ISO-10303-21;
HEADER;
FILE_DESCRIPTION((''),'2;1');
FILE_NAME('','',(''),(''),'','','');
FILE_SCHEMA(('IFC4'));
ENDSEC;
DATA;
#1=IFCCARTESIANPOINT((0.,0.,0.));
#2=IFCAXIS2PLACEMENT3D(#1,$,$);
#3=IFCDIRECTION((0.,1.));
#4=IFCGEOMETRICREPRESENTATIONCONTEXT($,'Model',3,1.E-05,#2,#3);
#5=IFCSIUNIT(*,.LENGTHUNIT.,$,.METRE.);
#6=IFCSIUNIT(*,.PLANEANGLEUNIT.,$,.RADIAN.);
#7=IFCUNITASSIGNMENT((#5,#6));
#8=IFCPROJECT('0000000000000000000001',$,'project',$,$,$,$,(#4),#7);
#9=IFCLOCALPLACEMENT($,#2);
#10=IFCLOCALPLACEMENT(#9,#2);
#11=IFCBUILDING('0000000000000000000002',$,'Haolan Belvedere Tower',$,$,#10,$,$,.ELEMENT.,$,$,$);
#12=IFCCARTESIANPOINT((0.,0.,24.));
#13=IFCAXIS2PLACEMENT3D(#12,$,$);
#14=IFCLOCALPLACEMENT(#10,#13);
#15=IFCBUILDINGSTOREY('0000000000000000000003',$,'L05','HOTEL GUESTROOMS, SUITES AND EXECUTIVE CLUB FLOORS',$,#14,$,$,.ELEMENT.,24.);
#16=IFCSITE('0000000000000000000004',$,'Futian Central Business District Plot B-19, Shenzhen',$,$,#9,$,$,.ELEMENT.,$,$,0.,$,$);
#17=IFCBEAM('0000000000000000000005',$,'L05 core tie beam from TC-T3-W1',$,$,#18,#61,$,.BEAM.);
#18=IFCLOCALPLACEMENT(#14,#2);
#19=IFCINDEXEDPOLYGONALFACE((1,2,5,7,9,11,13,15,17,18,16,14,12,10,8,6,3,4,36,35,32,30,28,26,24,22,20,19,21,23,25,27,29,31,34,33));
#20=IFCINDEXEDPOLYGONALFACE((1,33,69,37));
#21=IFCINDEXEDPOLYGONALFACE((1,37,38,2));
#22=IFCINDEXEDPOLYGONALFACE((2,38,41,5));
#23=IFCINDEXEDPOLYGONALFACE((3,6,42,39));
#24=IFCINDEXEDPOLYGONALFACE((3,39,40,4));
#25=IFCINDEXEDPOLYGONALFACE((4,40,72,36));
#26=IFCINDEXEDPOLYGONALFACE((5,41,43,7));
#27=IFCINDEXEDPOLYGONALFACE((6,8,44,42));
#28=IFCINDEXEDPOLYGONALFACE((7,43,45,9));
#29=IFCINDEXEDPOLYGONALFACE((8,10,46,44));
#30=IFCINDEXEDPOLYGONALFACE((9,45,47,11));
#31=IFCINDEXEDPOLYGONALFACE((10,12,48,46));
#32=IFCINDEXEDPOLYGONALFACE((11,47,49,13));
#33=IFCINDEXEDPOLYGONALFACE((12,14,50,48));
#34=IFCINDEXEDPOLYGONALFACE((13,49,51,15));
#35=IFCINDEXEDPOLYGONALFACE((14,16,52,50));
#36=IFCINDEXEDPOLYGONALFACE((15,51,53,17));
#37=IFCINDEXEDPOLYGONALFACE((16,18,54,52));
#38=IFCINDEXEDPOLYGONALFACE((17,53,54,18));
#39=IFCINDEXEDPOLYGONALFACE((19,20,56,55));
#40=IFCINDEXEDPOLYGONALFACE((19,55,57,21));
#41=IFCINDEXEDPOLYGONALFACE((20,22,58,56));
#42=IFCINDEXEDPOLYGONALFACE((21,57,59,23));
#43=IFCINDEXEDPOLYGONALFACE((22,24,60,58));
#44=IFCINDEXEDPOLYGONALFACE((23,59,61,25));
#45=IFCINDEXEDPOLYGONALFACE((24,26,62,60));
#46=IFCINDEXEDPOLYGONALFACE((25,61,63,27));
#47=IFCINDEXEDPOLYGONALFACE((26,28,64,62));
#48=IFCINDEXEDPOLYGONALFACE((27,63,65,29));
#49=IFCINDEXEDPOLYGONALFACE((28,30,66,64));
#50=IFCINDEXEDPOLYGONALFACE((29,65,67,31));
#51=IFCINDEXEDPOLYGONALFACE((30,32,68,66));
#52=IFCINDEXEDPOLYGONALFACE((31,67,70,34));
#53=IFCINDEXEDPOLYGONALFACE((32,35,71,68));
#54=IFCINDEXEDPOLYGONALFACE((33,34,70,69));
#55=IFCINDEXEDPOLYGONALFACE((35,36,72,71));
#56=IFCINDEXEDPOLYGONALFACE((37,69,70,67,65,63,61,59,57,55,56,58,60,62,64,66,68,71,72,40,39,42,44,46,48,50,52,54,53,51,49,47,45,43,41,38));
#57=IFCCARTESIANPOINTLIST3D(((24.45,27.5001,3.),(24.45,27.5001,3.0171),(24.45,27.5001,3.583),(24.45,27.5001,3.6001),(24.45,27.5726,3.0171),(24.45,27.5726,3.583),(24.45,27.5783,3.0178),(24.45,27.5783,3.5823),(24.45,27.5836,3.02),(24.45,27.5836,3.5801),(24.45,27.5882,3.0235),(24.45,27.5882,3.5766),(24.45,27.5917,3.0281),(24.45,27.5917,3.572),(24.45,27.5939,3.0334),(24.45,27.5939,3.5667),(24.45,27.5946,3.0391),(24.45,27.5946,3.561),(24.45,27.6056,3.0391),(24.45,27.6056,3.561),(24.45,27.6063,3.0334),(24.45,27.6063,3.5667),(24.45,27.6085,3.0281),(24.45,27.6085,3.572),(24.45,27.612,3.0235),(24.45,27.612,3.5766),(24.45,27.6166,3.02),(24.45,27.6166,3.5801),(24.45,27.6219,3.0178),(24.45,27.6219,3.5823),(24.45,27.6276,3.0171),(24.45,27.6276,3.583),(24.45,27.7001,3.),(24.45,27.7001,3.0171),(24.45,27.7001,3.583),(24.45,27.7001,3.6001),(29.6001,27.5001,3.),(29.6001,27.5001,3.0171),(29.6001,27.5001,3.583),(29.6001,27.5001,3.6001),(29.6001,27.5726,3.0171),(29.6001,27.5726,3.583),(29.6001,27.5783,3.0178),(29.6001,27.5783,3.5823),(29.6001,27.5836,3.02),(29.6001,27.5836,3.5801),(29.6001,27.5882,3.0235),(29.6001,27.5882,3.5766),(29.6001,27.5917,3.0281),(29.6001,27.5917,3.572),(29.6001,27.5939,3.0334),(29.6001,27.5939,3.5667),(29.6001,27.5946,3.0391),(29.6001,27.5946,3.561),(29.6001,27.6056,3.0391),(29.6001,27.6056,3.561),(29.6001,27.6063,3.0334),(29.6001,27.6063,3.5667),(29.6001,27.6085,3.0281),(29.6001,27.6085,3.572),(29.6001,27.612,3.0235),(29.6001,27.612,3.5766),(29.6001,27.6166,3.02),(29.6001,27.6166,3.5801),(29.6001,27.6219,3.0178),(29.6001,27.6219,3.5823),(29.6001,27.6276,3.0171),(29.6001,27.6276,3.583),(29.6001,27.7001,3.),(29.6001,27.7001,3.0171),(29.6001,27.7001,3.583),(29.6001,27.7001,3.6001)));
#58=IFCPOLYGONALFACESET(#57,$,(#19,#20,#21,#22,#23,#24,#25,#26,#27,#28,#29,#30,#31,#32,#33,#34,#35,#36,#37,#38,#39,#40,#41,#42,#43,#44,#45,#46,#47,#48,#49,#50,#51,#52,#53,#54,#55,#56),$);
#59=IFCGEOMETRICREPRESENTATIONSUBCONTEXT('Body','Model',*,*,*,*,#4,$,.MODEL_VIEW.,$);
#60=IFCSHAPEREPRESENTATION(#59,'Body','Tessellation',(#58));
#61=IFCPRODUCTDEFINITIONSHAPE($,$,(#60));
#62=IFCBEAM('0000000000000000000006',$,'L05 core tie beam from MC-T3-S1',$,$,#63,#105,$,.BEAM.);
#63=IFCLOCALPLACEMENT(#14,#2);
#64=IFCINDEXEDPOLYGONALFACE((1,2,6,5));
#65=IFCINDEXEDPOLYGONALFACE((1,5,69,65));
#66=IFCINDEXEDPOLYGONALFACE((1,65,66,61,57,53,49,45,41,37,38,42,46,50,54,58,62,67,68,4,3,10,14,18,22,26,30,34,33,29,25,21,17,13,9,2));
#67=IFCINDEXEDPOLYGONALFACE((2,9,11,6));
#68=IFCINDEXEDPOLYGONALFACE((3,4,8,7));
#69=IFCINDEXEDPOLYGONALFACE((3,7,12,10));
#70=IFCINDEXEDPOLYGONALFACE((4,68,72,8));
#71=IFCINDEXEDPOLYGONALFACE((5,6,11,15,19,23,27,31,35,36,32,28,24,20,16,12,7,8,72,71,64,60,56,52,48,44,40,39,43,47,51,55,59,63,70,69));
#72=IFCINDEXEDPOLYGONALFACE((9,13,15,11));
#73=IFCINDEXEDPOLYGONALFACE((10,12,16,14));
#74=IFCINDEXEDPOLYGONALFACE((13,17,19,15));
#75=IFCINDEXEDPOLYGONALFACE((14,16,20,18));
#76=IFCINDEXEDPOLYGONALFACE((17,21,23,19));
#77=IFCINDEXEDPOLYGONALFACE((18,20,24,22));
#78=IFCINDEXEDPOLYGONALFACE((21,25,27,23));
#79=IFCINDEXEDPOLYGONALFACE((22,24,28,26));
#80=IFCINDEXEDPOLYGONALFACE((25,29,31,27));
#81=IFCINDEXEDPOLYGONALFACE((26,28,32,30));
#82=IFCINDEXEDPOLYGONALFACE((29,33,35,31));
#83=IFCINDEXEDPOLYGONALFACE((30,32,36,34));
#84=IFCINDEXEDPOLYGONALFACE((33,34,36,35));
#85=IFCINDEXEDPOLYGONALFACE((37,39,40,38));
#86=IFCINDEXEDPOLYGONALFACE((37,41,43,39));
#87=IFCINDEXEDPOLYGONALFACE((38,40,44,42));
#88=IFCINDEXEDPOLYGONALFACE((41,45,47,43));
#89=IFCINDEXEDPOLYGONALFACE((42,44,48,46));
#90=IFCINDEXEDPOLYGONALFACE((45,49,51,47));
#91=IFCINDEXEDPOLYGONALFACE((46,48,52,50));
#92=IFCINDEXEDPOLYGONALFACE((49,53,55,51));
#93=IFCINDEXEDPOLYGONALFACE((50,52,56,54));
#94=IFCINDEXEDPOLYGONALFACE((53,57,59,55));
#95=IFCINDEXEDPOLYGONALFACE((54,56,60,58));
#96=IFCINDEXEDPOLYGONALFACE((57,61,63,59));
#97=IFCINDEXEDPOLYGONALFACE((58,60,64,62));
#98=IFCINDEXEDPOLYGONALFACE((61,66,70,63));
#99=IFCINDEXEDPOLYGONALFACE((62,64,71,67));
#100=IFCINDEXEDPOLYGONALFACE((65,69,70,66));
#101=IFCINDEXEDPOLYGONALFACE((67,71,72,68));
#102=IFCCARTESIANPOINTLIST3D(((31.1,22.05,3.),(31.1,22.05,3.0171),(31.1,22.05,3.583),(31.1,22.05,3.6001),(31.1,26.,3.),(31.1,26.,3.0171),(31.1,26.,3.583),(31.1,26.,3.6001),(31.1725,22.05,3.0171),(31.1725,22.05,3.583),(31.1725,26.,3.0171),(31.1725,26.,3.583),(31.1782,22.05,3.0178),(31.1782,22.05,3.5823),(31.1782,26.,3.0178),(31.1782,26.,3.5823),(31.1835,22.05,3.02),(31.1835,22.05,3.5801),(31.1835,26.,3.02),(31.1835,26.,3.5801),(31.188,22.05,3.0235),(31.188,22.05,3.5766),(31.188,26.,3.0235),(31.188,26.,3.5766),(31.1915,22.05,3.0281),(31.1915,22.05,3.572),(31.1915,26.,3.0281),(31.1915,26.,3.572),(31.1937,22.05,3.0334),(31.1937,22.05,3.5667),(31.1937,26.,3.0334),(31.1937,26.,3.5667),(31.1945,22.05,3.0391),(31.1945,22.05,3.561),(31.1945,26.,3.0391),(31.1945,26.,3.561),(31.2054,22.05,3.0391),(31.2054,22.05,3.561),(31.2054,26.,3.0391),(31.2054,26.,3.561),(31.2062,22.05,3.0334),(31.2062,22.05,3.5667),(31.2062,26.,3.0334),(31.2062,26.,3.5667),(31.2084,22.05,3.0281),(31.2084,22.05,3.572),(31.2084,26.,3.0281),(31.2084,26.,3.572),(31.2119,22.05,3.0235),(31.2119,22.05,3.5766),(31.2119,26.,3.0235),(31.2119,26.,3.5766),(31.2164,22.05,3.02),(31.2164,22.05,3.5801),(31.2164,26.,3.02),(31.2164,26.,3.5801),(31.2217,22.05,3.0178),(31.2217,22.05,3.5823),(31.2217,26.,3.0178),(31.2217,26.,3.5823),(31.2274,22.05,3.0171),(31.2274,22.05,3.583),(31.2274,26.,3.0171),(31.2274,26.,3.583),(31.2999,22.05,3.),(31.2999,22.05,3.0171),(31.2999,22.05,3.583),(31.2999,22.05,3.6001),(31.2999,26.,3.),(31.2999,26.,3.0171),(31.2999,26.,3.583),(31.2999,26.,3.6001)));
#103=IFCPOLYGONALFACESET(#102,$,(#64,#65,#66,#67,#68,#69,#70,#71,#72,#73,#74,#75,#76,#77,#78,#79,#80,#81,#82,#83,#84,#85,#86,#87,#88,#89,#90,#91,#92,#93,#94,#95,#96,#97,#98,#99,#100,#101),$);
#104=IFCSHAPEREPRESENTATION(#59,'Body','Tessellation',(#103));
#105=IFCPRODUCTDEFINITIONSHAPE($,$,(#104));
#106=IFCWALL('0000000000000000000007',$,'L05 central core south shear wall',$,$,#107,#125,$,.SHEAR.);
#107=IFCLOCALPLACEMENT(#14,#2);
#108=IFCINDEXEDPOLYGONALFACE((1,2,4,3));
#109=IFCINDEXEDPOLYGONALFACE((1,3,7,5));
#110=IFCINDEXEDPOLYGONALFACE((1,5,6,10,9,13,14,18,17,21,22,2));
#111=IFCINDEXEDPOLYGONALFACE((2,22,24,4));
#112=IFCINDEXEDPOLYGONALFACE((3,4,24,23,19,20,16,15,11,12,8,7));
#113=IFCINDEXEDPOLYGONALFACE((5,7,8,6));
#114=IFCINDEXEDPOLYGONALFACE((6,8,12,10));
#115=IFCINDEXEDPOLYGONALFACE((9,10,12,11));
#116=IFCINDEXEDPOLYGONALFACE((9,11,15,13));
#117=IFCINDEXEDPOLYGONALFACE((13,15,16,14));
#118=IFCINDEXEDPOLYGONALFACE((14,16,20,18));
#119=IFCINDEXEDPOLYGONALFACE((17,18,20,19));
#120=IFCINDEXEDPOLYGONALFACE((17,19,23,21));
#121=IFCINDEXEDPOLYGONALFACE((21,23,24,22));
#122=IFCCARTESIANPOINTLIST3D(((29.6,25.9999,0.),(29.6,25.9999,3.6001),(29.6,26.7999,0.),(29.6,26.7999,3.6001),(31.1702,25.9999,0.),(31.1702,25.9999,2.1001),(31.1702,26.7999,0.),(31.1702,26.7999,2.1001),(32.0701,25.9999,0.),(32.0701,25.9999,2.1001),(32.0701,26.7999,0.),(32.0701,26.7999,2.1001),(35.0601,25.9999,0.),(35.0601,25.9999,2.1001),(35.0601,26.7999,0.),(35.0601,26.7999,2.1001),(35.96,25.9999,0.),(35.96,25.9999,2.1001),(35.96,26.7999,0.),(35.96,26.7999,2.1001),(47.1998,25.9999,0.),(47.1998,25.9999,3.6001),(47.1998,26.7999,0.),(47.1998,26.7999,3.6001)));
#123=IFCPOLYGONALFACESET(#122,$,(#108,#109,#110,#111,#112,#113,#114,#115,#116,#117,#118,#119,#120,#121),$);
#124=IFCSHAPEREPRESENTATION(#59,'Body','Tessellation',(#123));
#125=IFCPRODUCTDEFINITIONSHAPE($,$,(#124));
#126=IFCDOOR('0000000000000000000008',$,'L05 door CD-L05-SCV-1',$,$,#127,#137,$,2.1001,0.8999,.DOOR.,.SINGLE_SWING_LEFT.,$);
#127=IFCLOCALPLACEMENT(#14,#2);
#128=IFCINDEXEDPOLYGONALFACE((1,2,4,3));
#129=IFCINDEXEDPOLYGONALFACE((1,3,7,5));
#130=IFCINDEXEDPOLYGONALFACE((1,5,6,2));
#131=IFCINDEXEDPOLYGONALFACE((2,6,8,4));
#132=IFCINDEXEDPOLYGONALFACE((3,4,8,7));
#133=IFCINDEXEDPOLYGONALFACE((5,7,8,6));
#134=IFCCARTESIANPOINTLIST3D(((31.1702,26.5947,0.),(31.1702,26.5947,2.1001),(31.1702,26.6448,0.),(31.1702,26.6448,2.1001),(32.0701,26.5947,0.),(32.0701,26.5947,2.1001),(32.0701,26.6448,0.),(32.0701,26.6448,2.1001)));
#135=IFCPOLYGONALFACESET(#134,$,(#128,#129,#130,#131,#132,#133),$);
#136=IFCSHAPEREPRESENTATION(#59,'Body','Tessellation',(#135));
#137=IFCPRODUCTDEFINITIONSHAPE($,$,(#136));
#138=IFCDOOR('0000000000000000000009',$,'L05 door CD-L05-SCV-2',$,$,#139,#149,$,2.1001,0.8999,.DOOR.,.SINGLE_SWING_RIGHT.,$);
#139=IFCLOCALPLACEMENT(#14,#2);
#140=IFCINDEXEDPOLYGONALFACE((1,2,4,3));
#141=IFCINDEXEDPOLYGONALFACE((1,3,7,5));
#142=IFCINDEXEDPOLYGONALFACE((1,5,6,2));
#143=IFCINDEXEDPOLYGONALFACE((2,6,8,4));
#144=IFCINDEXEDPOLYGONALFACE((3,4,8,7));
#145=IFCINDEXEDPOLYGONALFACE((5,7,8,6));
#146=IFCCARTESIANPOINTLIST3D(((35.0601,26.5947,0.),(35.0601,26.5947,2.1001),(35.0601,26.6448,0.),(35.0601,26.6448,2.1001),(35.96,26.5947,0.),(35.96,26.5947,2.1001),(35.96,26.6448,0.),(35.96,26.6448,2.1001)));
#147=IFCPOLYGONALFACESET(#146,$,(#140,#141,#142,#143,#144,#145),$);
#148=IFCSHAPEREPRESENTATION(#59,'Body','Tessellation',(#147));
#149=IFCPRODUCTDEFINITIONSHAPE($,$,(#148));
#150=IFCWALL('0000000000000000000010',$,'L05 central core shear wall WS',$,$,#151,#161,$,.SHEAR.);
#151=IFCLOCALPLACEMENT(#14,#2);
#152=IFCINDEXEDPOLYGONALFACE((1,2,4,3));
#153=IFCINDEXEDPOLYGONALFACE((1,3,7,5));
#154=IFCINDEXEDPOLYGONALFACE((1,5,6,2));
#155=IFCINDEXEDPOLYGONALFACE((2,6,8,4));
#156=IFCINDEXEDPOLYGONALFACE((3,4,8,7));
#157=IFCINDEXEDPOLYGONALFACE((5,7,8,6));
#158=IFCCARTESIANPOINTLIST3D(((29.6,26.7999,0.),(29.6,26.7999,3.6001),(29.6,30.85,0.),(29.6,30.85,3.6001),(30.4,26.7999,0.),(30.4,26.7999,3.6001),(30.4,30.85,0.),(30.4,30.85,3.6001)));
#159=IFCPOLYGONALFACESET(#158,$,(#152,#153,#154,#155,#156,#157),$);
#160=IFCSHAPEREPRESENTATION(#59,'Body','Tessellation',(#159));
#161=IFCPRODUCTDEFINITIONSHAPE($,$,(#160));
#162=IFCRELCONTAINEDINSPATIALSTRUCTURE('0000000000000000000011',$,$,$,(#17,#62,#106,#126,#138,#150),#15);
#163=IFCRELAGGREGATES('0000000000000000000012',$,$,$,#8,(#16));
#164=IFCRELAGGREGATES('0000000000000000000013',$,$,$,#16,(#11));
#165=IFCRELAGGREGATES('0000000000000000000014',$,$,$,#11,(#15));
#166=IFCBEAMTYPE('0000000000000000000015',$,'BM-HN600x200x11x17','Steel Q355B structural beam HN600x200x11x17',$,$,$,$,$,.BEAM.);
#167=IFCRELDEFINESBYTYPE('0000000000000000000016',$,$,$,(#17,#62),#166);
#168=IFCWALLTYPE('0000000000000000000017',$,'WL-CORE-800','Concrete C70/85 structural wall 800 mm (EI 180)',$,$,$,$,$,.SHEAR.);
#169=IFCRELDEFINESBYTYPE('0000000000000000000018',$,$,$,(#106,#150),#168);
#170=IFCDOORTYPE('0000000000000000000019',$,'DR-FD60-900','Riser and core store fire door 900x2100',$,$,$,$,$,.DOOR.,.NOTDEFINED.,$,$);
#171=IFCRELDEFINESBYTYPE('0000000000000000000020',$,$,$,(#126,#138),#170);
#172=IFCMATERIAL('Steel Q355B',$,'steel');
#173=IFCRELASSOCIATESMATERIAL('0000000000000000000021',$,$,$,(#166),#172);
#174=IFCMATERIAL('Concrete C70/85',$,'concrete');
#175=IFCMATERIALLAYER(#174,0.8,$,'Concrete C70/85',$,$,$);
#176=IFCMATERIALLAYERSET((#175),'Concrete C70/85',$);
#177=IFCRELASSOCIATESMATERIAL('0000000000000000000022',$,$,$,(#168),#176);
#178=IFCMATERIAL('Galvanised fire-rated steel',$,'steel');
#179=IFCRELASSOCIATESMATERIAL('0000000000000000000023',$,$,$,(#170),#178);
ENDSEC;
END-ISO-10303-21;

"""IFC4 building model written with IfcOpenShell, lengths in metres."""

from ifc_helpers import new_model, si_unit, direction, frame, frame_2d, origin, origin_2d, place, context, subcontext, project, spatial, rectangle, i_section, extrude, material, layer, layer_set, material_profile, profile_set, type_object, element, fill, save


model = new_model("IFC4")

# Units and contexts
model_context = context("Model", 3, precision=1e-05, world=origin(), true_north=direction((0.0, 1.0)))
body_context = subcontext(model_context, "Body", "Model", "MODEL_VIEW")
ifc_project = project(units=[si_unit("LENGTHUNIT", "METRE"), si_unit("PLANEANGLEUNIT", "RADIAN")], contexts=[model_context])

# Site, building, storey
site_placement = place(None, origin())
site = spatial("IfcSite", under=ifc_project, at=site_placement, Name="Futian Central Business District Plot B-19, Shenzhen", CompositionType="ELEMENT", RefElevation=0.0)
building_placement = place(site_placement, origin())
building = spatial("IfcBuilding", under=site, at=building_placement, Name="Haolan Belvedere Tower", CompositionType="ELEMENT")
storey_placement = place(building_placement, frame((0.0, 0.0, 24.0)))
storey = spatial("IfcBuildingStorey", under=building, at=storey_placement, Name="L05", Description="HOTEL GUESTROOMS, SUITES AND EXECUTIVE CLUB FLOORS", CompositionType="ELEMENT", Elevation=24.0)

# Shared definitions
ifc_material_1 = material(Name="Steel Q355B", Category="steel")

# Beams
ifc_material_profile_1 = material_profile(ifc_material_1, i_section(OverallWidth=0.2, OverallDepth=0.6001, WebThickness=0.011, FlangeThickness=0.0171, FilletRadius=0.022, at=origin_2d()), Name="Steel Q355B")
ifc_profile_set_1 = profile_set([ifc_material_profile_1], Name="Steel Q355B")
beam_type_1 = type_object("IfcBeamType", Name="BM-HN600x200x11x17", Description="Steel Q355B structural beam HN600x200x11x17", PredefinedType="BEAM", material=ifc_profile_set_1)
beam_1_placement = place(storey_placement, frame((24.45, 27.6001, 3.3), z_axis=(1.0, 0.0, 0.0), x_axis=(0.0, 1.0, 0.0)))
element("IfcBeam", 1, at=beam_1_placement, inside=storey, type_object=beam_type_1, Name="L05 core tie beam from TC-T3-W1", PredefinedType="BEAM", context=body_context, shape_type="SweptSolid", body=[
    extrude(i_section(OverallWidth=0.2, OverallDepth=0.6001, WebThickness=0.011, FlangeThickness=0.0171, FilletRadius=0.022, at=origin_2d()), origin(), (0.0, 0.0, 1.0), 5.1501),
])
beam_2_placement = place(storey_placement, frame((31.2, 22.05, 3.3), z_axis=(0.0, 1.0, 0.0), x_axis=(-1.0, 0.0, 0.0)))
element("IfcBeam", 2, at=beam_2_placement, inside=storey, type_object=beam_type_1, Name="L05 core tie beam from MC-T3-S1", PredefinedType="BEAM", context=body_context, shape_type="SweptSolid", body=[
    extrude(i_section(OverallWidth=0.2, OverallDepth=0.6001, WebThickness=0.011, FlangeThickness=0.0171, FilletRadius=0.022, at=origin_2d()), origin(), (0.0, 0.0, 1.0), 3.95),
])

# Wall, openings, doors
ifc_material_2 = material(Name="Concrete C70/85", Category="concrete")
ifc_layer_1 = layer(ifc_material_2, 0.8, Name="Concrete C70/85")
ifc_layer_set_1 = layer_set([ifc_layer_1], Name="Concrete C70/85")
wall_type_1 = type_object("IfcWallType", Name="WL-CORE-800", Description="Concrete C70/85 structural wall 800 mm (EI 180)", PredefinedType="SHEAR", material=ifc_layer_set_1)
wall_1_placement = place(storey_placement, frame((29.6001, 26.3999, 0.0), z_axis=(0.0, 0.0, 1.0), x_axis=(1.0, 0.0, 0.0)))
wall_1 = element("IfcWall", 3, at=wall_1_placement, inside=storey, type_object=wall_type_1, Name="L05 central core south shear wall", PredefinedType="SHEAR", context=body_context, shape_type="SweptSolid", body=[
    extrude(rectangle(XDim=17.5999, YDim=0.8, at=frame_2d((8.7998, 0.0))), origin(), (0.0, 0.0, 1.0), 3.6001),
])
opening_1_placement = place(wall_1_placement, frame((2.47, 0.0, 0.0), z_axis=(0.0, 0.0, 1.0), x_axis=(-1.0, 0.0, 0.0)))
opening_1 = element("IfcOpeningElement", 4, at=opening_1_placement, cuts=wall_1, PredefinedType="OPENING", context=body_context, shape_type="SweptSolid", body=[
    extrude(rectangle(XDim=0.8999, YDim=2.1001, at=frame_2d((0.45, 1.05))), frame((0.0, 0.4099, 0.0), z_axis=(0.0, -1.0, 0.0), x_axis=(1.0, 0.0, 0.0)), (0.0, 0.0, 1.0), 0.8201),
])
opening_2_placement = place(wall_1_placement, frame((6.3599, 0.0, 0.0), z_axis=(0.0, 0.0, 1.0), x_axis=(-1.0, 0.0, 0.0)))
opening_2 = element("IfcOpeningElement", 5, at=opening_2_placement, cuts=wall_1, PredefinedType="OPENING", context=body_context, shape_type="SweptSolid", body=[
    extrude(rectangle(XDim=0.8999, YDim=2.1001, at=frame_2d((0.45, 1.05))), frame((0.0, 0.4099, 0.0), z_axis=(0.0, -1.0, 0.0), x_axis=(1.0, 0.0, 0.0)), (0.0, 0.0, 1.0), 0.8201),
])
ifc_material_3 = material(Name="Galvanised fire-rated steel", Category="steel")
door_type_1 = type_object("IfcDoorType", Name="DR-FD60-900", Description="Riser and core store fire door 900x2100", OperationType="NOTDEFINED", PredefinedType="DOOR", material=ifc_material_3)
door_1_placement = place(opening_1_placement, origin())
door_1 = element("IfcDoor", 6, at=door_1_placement, inside=storey, type_object=door_type_1, Name="L05 door CD-L05-SCV-1", OperationType="SINGLE_SWING_LEFT", OverallHeight=2.1001, OverallWidth=0.8999, PredefinedType="DOOR", context=body_context, shape_type="SweptSolid", body=[
    extrude(rectangle(XDim=0.8999, YDim=2.1001, at=frame_2d((0.45, 1.05))), frame((0.0, -0.1948, 0.0), z_axis=(0.0, -1.0, 0.0), x_axis=(1.0, 0.0, 0.0)), (0.0, 0.0, 1.0), 0.05),
])
fill(opening_1, door_1)
door_2_placement = place(opening_2_placement, origin())
door_2 = element("IfcDoor", 7, at=door_2_placement, inside=storey, type_object=door_type_1, Name="L05 door CD-L05-SCV-2", OperationType="SINGLE_SWING_RIGHT", OverallHeight=2.1001, OverallWidth=0.8999, PredefinedType="DOOR", context=body_context, shape_type="SweptSolid", body=[
    extrude(rectangle(XDim=0.8999, YDim=2.1001, at=frame_2d((0.45, 1.05))), frame((0.0, -0.1948, 0.0), z_axis=(0.0, -1.0, 0.0), x_axis=(1.0, 0.0, 0.0)), (0.0, 0.0, 1.0), 0.05),
])
fill(opening_2, door_2)

# Wall
wall_2_placement = place(storey_placement, frame((30.0, 26.8, 0.0), z_axis=(0.0, 0.0, 1.0), x_axis=(0.0, 1.0, 0.0)))
element("IfcWall", 8, at=wall_2_placement, inside=storey, type_object=wall_type_1, Name="L05 central core shear wall WS", PredefinedType="SHEAR", context=body_context, shape_type="SweptSolid", body=[
    extrude(rectangle(XDim=4.05, YDim=0.8, at=frame_2d((2.0249, 0.0))), origin(), (0.0, 0.0, 1.0), 3.6001),
])

save(model, "model.ifc")
